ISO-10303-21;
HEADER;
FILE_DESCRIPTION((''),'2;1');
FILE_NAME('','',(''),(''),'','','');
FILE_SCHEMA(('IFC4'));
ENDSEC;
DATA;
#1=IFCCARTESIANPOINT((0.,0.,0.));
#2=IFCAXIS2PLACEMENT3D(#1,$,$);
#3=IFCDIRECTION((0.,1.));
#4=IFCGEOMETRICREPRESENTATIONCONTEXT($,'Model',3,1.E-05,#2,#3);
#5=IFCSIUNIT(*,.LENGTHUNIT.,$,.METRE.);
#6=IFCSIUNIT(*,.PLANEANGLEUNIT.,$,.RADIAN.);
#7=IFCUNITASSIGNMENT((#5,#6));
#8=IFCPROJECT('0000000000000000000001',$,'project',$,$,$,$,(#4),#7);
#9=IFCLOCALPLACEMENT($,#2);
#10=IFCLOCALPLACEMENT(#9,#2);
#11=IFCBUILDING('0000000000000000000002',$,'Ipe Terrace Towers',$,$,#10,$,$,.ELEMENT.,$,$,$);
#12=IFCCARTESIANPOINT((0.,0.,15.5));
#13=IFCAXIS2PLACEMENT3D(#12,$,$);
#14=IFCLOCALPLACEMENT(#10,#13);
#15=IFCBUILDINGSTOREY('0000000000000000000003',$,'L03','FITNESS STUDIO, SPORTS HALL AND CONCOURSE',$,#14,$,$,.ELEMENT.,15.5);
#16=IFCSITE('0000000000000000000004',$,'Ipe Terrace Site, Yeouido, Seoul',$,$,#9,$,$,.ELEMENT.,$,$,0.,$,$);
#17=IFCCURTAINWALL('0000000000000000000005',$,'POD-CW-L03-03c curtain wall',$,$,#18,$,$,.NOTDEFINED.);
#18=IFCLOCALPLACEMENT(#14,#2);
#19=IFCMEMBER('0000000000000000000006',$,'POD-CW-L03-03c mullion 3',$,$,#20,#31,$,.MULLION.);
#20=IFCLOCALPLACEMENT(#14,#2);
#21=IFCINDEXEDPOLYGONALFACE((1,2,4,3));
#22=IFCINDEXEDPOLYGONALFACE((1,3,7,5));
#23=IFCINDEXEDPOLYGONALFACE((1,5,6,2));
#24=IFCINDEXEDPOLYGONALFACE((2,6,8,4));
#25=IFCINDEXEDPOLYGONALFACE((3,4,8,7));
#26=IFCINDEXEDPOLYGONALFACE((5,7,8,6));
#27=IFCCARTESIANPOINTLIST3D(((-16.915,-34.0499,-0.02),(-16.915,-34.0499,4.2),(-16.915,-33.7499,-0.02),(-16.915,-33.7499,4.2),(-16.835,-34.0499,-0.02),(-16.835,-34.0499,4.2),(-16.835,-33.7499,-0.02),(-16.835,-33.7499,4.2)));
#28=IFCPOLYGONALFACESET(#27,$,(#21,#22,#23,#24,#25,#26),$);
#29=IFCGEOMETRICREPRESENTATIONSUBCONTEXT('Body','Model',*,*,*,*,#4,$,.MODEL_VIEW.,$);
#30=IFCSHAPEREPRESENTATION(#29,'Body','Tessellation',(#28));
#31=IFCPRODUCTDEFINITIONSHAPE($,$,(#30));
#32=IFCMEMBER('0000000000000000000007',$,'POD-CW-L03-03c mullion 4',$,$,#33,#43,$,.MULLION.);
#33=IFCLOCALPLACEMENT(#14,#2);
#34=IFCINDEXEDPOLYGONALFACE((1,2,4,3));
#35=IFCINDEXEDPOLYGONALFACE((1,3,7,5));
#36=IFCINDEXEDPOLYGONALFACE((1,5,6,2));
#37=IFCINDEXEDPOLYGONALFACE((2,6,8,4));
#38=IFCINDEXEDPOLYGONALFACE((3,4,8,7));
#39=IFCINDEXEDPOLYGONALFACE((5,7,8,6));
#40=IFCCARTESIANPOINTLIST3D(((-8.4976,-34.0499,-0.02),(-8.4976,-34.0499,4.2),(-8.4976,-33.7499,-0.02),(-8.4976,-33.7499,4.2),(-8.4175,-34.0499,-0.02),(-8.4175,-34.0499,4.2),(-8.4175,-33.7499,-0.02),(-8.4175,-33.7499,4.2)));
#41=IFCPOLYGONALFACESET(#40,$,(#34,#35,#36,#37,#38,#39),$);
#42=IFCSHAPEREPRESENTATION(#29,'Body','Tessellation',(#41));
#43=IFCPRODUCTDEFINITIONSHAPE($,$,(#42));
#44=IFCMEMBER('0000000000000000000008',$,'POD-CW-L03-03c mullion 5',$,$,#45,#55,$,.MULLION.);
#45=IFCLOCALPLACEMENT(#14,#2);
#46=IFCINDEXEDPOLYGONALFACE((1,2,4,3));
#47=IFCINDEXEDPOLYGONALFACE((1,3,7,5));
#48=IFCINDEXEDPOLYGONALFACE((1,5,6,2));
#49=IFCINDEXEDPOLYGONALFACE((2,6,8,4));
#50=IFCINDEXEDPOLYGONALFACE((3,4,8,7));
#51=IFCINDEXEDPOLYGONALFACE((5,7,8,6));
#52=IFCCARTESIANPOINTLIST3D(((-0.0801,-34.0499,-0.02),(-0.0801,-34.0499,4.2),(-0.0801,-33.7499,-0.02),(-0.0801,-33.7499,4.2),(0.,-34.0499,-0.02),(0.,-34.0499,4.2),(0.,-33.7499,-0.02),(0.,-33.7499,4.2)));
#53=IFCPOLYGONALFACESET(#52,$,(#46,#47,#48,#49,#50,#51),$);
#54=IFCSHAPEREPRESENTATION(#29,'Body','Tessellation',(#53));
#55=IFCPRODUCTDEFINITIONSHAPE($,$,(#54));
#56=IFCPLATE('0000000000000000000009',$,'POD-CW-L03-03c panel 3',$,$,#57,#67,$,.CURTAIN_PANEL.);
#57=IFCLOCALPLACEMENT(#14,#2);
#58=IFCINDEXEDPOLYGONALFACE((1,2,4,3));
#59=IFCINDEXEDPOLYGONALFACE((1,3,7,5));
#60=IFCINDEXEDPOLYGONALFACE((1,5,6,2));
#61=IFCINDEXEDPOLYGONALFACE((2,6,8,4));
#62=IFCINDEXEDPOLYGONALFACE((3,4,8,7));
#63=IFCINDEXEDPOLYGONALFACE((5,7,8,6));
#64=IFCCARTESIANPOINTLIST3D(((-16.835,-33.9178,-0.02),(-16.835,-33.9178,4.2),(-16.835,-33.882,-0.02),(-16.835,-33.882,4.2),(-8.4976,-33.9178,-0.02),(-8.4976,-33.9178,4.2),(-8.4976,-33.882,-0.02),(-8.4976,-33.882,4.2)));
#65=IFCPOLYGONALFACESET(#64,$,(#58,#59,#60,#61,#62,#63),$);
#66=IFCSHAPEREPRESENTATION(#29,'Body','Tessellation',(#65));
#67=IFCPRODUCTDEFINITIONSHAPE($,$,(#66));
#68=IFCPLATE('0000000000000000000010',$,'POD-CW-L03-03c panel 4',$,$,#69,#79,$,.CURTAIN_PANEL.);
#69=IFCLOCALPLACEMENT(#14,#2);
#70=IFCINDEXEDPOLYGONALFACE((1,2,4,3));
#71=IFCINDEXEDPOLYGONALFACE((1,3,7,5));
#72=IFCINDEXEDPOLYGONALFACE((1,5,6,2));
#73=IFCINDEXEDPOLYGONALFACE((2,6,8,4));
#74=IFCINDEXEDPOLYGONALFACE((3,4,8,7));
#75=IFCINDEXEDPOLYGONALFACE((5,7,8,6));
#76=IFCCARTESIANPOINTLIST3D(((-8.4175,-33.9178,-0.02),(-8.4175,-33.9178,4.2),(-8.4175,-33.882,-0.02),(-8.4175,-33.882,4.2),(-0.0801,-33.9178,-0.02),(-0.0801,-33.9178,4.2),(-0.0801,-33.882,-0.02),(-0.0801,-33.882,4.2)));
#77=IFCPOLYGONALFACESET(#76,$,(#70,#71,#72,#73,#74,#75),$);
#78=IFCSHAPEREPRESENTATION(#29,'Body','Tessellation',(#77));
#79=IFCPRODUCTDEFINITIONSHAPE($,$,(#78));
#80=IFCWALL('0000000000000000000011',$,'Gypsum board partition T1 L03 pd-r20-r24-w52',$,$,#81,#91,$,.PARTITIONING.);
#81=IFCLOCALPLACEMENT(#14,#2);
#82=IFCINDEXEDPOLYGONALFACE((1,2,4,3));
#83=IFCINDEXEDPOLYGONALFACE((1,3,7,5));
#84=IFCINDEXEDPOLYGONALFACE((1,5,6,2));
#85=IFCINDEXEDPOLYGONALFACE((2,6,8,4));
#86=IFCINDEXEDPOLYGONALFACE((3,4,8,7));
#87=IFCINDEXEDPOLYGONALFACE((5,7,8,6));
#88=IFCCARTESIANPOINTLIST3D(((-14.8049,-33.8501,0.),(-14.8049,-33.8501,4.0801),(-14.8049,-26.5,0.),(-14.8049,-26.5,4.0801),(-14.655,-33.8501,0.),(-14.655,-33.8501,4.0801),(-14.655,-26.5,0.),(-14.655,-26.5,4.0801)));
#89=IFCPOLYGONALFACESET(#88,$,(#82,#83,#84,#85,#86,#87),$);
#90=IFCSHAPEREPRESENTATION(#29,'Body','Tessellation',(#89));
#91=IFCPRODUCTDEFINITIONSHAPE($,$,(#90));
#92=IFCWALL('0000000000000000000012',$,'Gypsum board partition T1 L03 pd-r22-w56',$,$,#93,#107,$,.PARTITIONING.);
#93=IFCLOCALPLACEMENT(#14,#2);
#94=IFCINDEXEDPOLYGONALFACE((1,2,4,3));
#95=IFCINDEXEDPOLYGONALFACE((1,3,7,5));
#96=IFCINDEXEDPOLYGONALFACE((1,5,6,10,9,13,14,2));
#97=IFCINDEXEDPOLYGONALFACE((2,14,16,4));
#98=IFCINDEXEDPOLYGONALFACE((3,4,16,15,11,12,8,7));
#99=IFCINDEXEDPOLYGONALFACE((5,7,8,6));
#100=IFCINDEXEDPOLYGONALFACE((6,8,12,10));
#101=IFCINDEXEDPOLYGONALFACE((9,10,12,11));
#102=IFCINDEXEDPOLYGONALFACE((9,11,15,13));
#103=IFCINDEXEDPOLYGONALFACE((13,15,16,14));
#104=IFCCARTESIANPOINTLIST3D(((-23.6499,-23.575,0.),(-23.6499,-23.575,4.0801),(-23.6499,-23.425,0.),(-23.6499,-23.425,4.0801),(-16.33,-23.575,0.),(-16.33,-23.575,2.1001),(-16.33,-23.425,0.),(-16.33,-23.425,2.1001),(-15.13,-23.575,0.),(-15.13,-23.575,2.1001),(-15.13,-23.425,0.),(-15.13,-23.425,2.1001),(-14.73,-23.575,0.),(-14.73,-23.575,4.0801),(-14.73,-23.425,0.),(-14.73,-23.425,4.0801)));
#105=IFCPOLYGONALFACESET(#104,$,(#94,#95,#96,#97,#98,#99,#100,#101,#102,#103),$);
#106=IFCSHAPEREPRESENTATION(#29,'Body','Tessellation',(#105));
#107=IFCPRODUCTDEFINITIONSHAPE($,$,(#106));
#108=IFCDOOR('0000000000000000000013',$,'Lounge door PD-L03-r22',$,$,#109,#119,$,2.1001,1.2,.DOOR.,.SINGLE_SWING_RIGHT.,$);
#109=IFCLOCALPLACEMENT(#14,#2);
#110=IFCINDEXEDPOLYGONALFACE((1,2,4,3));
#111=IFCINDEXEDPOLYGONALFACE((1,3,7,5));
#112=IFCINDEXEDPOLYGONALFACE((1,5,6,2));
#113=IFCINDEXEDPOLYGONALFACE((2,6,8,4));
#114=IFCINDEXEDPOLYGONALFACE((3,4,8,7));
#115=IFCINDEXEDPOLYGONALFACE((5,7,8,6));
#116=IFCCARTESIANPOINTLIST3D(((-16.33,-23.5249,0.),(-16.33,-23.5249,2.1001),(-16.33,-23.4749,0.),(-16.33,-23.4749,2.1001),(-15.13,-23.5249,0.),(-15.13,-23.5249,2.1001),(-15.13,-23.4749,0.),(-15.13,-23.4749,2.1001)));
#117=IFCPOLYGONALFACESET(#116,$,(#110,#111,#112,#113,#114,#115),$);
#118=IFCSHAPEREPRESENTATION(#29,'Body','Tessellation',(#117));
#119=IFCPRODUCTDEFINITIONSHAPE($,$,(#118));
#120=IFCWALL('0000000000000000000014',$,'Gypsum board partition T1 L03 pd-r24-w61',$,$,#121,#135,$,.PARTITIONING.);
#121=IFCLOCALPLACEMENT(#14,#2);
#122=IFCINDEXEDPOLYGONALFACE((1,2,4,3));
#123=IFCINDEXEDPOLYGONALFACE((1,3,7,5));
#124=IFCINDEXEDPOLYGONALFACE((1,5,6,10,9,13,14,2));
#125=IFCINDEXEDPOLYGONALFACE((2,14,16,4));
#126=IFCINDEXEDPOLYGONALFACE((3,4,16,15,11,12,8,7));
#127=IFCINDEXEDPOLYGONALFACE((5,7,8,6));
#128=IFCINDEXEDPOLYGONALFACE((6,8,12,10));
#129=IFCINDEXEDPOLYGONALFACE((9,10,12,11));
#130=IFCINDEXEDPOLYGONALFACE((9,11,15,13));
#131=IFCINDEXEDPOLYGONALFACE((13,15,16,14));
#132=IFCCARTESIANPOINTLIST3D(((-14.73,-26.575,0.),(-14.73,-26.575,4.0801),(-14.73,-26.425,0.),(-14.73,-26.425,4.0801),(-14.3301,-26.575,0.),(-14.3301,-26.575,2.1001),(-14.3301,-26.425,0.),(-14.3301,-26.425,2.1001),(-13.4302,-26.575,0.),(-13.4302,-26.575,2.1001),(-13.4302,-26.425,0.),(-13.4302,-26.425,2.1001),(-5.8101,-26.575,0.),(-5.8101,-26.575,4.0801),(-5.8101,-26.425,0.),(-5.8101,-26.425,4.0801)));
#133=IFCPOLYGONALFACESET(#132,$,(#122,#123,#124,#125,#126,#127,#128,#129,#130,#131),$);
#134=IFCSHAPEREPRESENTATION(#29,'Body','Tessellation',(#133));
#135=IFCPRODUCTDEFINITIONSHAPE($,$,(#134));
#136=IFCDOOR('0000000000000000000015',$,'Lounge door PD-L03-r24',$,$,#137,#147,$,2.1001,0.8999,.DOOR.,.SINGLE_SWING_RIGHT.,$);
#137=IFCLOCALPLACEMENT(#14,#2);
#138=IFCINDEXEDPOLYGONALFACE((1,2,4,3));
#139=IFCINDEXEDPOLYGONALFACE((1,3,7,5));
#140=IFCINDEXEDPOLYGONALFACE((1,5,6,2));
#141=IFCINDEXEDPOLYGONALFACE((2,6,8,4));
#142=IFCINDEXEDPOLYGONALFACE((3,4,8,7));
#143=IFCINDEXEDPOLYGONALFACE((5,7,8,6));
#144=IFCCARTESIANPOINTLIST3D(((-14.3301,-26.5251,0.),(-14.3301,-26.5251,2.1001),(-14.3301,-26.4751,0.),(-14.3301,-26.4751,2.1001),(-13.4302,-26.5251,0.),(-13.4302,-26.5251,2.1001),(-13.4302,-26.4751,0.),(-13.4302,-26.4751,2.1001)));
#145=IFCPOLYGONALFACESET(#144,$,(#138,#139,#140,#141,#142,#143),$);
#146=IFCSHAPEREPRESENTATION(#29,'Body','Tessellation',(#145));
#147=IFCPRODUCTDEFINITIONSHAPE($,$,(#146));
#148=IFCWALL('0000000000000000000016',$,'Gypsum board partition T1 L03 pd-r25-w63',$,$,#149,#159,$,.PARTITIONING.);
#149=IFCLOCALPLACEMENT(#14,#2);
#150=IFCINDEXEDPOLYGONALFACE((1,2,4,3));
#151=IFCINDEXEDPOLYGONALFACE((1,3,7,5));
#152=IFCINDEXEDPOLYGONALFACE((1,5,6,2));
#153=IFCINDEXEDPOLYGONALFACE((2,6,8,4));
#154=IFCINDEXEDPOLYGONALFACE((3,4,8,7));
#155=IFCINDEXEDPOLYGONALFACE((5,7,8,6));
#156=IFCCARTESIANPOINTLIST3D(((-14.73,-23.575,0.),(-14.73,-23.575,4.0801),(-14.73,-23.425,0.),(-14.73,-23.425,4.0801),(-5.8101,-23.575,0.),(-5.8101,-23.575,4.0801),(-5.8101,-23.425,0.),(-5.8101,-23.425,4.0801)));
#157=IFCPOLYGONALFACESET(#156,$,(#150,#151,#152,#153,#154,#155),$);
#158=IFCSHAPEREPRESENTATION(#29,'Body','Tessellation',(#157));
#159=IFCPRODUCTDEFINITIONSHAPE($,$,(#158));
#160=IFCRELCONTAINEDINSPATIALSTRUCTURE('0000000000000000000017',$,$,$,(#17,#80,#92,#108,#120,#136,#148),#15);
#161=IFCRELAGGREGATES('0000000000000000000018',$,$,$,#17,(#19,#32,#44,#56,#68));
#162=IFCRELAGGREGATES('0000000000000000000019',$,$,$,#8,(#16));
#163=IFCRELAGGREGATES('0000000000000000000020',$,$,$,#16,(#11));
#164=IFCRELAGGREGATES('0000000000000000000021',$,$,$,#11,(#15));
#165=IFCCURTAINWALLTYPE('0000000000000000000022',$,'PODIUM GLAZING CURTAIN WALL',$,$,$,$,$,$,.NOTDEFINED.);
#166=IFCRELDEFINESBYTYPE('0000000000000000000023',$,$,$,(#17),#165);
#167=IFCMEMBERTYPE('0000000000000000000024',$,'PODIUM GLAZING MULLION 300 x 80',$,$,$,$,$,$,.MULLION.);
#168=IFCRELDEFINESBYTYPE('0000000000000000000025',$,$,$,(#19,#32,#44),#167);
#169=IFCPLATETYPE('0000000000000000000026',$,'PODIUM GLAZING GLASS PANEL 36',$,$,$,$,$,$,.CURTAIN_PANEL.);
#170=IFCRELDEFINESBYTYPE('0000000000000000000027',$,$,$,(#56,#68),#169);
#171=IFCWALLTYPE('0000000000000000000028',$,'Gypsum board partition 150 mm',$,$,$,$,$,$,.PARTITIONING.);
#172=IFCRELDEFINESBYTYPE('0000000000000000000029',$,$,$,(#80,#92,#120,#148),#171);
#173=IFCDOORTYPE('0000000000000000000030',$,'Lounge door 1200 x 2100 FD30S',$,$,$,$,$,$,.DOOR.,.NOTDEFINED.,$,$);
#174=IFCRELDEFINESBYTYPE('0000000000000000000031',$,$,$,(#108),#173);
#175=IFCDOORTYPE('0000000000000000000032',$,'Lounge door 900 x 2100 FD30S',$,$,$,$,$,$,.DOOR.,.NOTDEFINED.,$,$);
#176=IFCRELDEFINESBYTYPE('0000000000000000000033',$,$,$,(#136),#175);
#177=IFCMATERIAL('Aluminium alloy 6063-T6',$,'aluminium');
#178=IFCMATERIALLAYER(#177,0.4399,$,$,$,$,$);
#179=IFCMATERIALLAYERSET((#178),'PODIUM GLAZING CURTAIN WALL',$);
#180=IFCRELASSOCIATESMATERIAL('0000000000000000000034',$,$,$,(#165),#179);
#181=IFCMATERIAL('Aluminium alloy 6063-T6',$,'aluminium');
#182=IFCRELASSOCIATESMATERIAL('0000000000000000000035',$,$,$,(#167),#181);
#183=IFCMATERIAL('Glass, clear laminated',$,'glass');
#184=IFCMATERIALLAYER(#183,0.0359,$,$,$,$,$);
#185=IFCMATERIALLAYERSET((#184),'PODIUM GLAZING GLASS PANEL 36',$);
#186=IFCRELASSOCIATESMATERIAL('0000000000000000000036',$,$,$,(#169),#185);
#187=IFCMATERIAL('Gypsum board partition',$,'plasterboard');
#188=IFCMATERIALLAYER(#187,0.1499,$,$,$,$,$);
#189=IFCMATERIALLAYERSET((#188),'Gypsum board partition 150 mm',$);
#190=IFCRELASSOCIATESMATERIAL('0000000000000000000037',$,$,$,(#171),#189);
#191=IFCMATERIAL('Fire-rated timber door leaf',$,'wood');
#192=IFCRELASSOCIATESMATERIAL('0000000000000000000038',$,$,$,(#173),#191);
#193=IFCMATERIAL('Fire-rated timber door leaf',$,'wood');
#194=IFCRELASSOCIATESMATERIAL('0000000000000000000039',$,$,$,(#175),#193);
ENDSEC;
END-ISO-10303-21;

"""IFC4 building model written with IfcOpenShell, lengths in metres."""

from ifc_helpers import new_model, si_unit, direction, frame, frame_2d, origin, origin_2d, place, context, subcontext, project, spatial, rectangle, extrude, material, layer, layer_set, material_profile, profile_set, type_object, element, fill, aggregate, save


model = new_model("IFC4")

# Units and contexts
model_context = context("Model", 3, precision=1e-05, world=origin(), true_north=direction((0.0, 1.0)))
body_context = subcontext(model_context, "Body", "Model", "MODEL_VIEW")
ifc_project = project(units=[si_unit("LENGTHUNIT", "METRE"), si_unit("PLANEANGLEUNIT", "RADIAN")], contexts=[model_context])

# Site, building, storey
site_placement = place(None, origin())
site = spatial("IfcSite", under=ifc_project, at=site_placement, Name="Ipe Terrace Site, Yeouido, Seoul", CompositionType="ELEMENT", RefElevation=0.0)
building_placement = place(site_placement, origin())
building = spatial("IfcBuilding", under=site, at=building_placement, Name="Ipe Terrace Towers", CompositionType="ELEMENT")
storey_placement = place(building_placement, frame((0.0, 0.0, 15.5)))
storey = spatial("IfcBuildingStorey", under=building, at=storey_placement, Name="L03", Description="FITNESS STUDIO, SPORTS HALL AND CONCOURSE", CompositionType="ELEMENT", Elevation=15.5)

# Curtain wall, members, plates
ifc_material_1 = material(Name="Aluminium alloy 6063-T6", Category="aluminium")
ifc_layer_1 = layer(ifc_material_1, 0.4399)
ifc_layer_set_1 = layer_set([ifc_layer_1], Name="PODIUM GLAZING CURTAIN WALL")
curtain_wall_type = type_object("IfcCurtainWallType", Name="PODIUM GLAZING CURTAIN WALL", PredefinedType="NOTDEFINED", material=ifc_layer_set_1)
curtain_wall_placement = place(storey_placement, origin())
curtain_wall = element("IfcCurtainWall", 1, at=curtain_wall_placement, inside=storey, type_object=curtain_wall_type, Name="POD-CW-L03-03c curtain wall", PredefinedType="NOTDEFINED")
ifc_material_2 = material(Name="Aluminium alloy 6063-T6", Category="aluminium")
ifc_material_profile_1 = material_profile(ifc_material_2, rectangle(XDim=0.3, YDim=0.0801, at=origin_2d()), Name="PODIUM GLAZING MULLION 300 x 80")
ifc_profile_set_1 = profile_set([ifc_material_profile_1], Name="Aluminium alloy 6063-T6")
member_type = type_object("IfcMemberType", Name="PODIUM GLAZING MULLION 300 x 80", PredefinedType="MULLION", material=ifc_profile_set_1)
member_1_placement = place(storey_placement, frame((-16.875, -33.8999, -0.02), z_axis=(0.0, 0.0, 1.0), x_axis=(0.0, -1.0, 0.0)))
member_1 = element("IfcMember", 2, at=member_1_placement, type_object=member_type, Name="POD-CW-L03-03c mullion 3", PredefinedType="MULLION", context=body_context, shape_type="SweptSolid", body=[
    extrude(rectangle(XDim=0.3, YDim=0.0801, at=origin_2d()), origin(), (0.0, 0.0, 1.0), 4.22),
])
member_2_placement = place(storey_placement, frame((-8.4575, -33.8999, -0.02), z_axis=(0.0, 0.0, 1.0), x_axis=(0.0, -1.0, 0.0)))
member_2 = element("IfcMember", 3, at=member_2_placement, type_object=member_type, Name="POD-CW-L03-03c mullion 4", PredefinedType="MULLION", context=body_context, shape_type="SweptSolid", body=[
    extrude(rectangle(XDim=0.3, YDim=0.0801, at=origin_2d()), origin(), (0.0, 0.0, 1.0), 4.22),
])
member_3_placement = place(storey_placement, frame((-0.04, -33.8999, -0.02), z_axis=(0.0, 0.0, 1.0), x_axis=(0.0, -1.0, 0.0)))
member_3 = element("IfcMember", 4, at=member_3_placement, type_object=member_type, Name="POD-CW-L03-03c mullion 5", PredefinedType="MULLION", context=body_context, shape_type="SweptSolid", body=[
    extrude(rectangle(XDim=0.3, YDim=0.0801, at=origin_2d()), origin(), (0.0, 0.0, 1.0), 4.22),
])
ifc_material_3 = material(Name="Glass, clear laminated", Category="glass")
ifc_layer_2 = layer(ifc_material_3, 0.0359)
ifc_layer_set_2 = layer_set([ifc_layer_2], Name="PODIUM GLAZING GLASS PANEL 36")
plate_type = type_object("IfcPlateType", Name="PODIUM GLAZING GLASS PANEL 36", PredefinedType="CURTAIN_PANEL", material=ifc_layer_set_2)
plate_1_placement = place(storey_placement, frame((-12.6663, -33.8999, -0.02), z_axis=(0.0, 0.0, 1.0), x_axis=(1.0, 0.0, 0.0)))
plate_1 = element("IfcPlate", 5, at=plate_1_placement, type_object=plate_type, Name="POD-CW-L03-03c panel 3", PredefinedType="CURTAIN_PANEL", context=body_context, shape_type="SweptSolid", body=[
    extrude(rectangle(XDim=8.3374, YDim=0.0359, at=origin_2d()), origin(), (0.0, 0.0, 1.0), 4.22),
])
plate_2_placement = place(storey_placement, frame((-4.2488, -33.8999, -0.02), z_axis=(0.0, 0.0, 1.0), x_axis=(1.0, 0.0, 0.0)))
plate_2 = element("IfcPlate", 6, at=plate_2_placement, type_object=plate_type, Name="POD-CW-L03-03c panel 4", PredefinedType="CURTAIN_PANEL", context=body_context, shape_type="SweptSolid", body=[
    extrude(rectangle(XDim=8.3374, YDim=0.0359, at=origin_2d()), origin(), (0.0, 0.0, 1.0), 4.22),
])
aggregate(curtain_wall, [member_1, member_2, member_3, plate_1, plate_2])

# Wall
ifc_material_4 = material(Name="Gypsum board partition", Category="plasterboard")
ifc_layer_3 = layer(ifc_material_4, 0.1499)
ifc_layer_set_3 = layer_set([ifc_layer_3], Name="Gypsum board partition 150 mm")
wall_type_1 = type_object("IfcWallType", Name="Gypsum board partition 150 mm", PredefinedType="PARTITIONING", material=ifc_layer_set_3)
wall_1_placement = place(storey_placement, frame((-14.73, -26.5, 0.0), z_axis=(0.0, 0.0, 1.0), x_axis=(0.0, -1.0, 0.0)))
element("IfcWall", 7, at=wall_1_placement, inside=storey, type_object=wall_type_1, Name="Gypsum board partition T1 L03 pd-r20-r24-w52", PredefinedType="PARTITIONING", context=body_context, shape_type="SweptSolid", body=[
    extrude(rectangle(XDim=7.3501, YDim=0.1499, at=frame_2d((3.675, 0.0))), origin(), (0.0, 0.0, 1.0), 4.0801),
])

# Walls, openings, doors
wall_2_placement = place(storey_placement, frame((-14.73, -23.5, 0.0), z_axis=(0.0, 0.0, 1.0), x_axis=(-1.0, 0.0, 0.0)))
wall_2 = element("IfcWall", 8, at=wall_2_placement, inside=storey, type_object=wall_type_1, Name="Gypsum board partition T1 L03 pd-r22-w56", PredefinedType="PARTITIONING", context=body_context, shape_type="SweptSolid", body=[
    extrude(rectangle(XDim=8.9199, YDim=0.1499, at=frame_2d((4.46, 0.0))), origin(), (0.0, 0.0, 1.0), 4.0801),
])
opening_1_placement = place(wall_2_placement, frame((0.3999, 0.0, 0.0)))
opening_1 = element("IfcOpeningElement", 9, at=opening_1_placement, cuts=wall_2, PredefinedType="OPENING", context=body_context, shape_type="SweptSolid", body=[
    extrude(rectangle(XDim=1.2, YDim=2.1001, at=frame_2d((0.6001, 1.05))), frame((0.0, 0.085, 0.0), z_axis=(0.0, -1.0, 0.0), x_axis=(1.0, 0.0, 0.0)), (0.0, 0.0, 1.0), 0.1699),
])
ifc_material_5 = material(Name="Fire-rated timber door leaf", Category="wood")
door_type_1 = type_object("IfcDoorType", Name="Lounge door 1200 x 2100 FD30S", OperationType="NOTDEFINED", PredefinedType="DOOR", material=ifc_material_5)
door_1_placement = place(opening_1_placement, origin())
door_1 = element("IfcDoor", 10, at=door_1_placement, inside=storey, type_object=door_type_1, Name="Lounge door PD-L03-r22", OperationType="SINGLE_SWING_RIGHT", OverallHeight=2.1001, OverallWidth=1.2, PredefinedType="DOOR", context=body_context, shape_type="SweptSolid", body=[
    extrude(rectangle(XDim=1.2, YDim=2.1001, at=frame_2d((0.6001, 1.05))), frame((0.0, 0.0249, 0.0), z_axis=(0.0, -1.0, 0.0), x_axis=(1.0, 0.0, 0.0)), (0.0, 0.0, 1.0), 0.05),
])
fill(opening_1, door_1)
wall_3_placement = place(storey_placement, frame((-14.73, -26.5, 0.0), z_axis=(0.0, 0.0, 1.0), x_axis=(1.0, 0.0, 0.0)))
wall_3 = element("IfcWall", 11, at=wall_3_placement, inside=storey, type_object=wall_type_1, Name="Gypsum board partition T1 L03 pd-r24-w61", PredefinedType="PARTITIONING", context=body_context, shape_type="SweptSolid", body=[
    extrude(rectangle(XDim=8.9199, YDim=0.1499, at=frame_2d((4.46, 0.0))), origin(), (0.0, 0.0, 1.0), 4.0801),
])
opening_2_placement = place(wall_3_placement, frame((0.3999, 0.0, 0.0)))
opening_2 = element("IfcOpeningElement", 12, at=opening_2_placement, cuts=wall_3, PredefinedType="OPENING", context=body_context, shape_type="SweptSolid", body=[
    extrude(rectangle(XDim=0.8999, YDim=2.1001, at=frame_2d((0.45, 1.05))), frame((0.0, 0.085, 0.0), z_axis=(0.0, -1.0, 0.0), x_axis=(1.0, 0.0, 0.0)), (0.0, 0.0, 1.0), 0.1699),
])
ifc_material_6 = material(Name="Fire-rated timber door leaf", Category="wood")
door_type_2 = type_object("IfcDoorType", Name="Lounge door 900 x 2100 FD30S", OperationType="NOTDEFINED", PredefinedType="DOOR", material=ifc_material_6)
door_2_placement = place(opening_2_placement, origin())
door_2 = element("IfcDoor", 13, at=door_2_placement, inside=storey, type_object=door_type_2, Name="Lounge door PD-L03-r24", OperationType="SINGLE_SWING_RIGHT", OverallHeight=2.1001, OverallWidth=0.8999, PredefinedType="DOOR", context=body_context, shape_type="SweptSolid", body=[
    extrude(rectangle(XDim=0.8999, YDim=2.1001, at=frame_2d((0.45, 1.05))), frame((0.0, 0.0249, 0.0), z_axis=(0.0, -1.0, 0.0), x_axis=(1.0, 0.0, 0.0)), (0.0, 0.0, 1.0), 0.05),
])
fill(opening_2, door_2)

# Wall
wall_4_placement = place(storey_placement, frame((-5.8101, -23.5, 0.0), z_axis=(0.0, 0.0, 1.0), x_axis=(-1.0, 0.0, 0.0)))
element("IfcWall", 14, at=wall_4_placement, inside=storey, type_object=wall_type_1, Name="Gypsum board partition T1 L03 pd-r25-w63", PredefinedType="PARTITIONING", context=body_context, shape_type="SweptSolid", body=[
    extrude(rectangle(XDim=8.9199, YDim=0.1499, at=frame_2d((4.46, 0.0))), origin(), (0.0, 0.0, 1.0), 4.0801),
])

save(model, "model.ifc")
